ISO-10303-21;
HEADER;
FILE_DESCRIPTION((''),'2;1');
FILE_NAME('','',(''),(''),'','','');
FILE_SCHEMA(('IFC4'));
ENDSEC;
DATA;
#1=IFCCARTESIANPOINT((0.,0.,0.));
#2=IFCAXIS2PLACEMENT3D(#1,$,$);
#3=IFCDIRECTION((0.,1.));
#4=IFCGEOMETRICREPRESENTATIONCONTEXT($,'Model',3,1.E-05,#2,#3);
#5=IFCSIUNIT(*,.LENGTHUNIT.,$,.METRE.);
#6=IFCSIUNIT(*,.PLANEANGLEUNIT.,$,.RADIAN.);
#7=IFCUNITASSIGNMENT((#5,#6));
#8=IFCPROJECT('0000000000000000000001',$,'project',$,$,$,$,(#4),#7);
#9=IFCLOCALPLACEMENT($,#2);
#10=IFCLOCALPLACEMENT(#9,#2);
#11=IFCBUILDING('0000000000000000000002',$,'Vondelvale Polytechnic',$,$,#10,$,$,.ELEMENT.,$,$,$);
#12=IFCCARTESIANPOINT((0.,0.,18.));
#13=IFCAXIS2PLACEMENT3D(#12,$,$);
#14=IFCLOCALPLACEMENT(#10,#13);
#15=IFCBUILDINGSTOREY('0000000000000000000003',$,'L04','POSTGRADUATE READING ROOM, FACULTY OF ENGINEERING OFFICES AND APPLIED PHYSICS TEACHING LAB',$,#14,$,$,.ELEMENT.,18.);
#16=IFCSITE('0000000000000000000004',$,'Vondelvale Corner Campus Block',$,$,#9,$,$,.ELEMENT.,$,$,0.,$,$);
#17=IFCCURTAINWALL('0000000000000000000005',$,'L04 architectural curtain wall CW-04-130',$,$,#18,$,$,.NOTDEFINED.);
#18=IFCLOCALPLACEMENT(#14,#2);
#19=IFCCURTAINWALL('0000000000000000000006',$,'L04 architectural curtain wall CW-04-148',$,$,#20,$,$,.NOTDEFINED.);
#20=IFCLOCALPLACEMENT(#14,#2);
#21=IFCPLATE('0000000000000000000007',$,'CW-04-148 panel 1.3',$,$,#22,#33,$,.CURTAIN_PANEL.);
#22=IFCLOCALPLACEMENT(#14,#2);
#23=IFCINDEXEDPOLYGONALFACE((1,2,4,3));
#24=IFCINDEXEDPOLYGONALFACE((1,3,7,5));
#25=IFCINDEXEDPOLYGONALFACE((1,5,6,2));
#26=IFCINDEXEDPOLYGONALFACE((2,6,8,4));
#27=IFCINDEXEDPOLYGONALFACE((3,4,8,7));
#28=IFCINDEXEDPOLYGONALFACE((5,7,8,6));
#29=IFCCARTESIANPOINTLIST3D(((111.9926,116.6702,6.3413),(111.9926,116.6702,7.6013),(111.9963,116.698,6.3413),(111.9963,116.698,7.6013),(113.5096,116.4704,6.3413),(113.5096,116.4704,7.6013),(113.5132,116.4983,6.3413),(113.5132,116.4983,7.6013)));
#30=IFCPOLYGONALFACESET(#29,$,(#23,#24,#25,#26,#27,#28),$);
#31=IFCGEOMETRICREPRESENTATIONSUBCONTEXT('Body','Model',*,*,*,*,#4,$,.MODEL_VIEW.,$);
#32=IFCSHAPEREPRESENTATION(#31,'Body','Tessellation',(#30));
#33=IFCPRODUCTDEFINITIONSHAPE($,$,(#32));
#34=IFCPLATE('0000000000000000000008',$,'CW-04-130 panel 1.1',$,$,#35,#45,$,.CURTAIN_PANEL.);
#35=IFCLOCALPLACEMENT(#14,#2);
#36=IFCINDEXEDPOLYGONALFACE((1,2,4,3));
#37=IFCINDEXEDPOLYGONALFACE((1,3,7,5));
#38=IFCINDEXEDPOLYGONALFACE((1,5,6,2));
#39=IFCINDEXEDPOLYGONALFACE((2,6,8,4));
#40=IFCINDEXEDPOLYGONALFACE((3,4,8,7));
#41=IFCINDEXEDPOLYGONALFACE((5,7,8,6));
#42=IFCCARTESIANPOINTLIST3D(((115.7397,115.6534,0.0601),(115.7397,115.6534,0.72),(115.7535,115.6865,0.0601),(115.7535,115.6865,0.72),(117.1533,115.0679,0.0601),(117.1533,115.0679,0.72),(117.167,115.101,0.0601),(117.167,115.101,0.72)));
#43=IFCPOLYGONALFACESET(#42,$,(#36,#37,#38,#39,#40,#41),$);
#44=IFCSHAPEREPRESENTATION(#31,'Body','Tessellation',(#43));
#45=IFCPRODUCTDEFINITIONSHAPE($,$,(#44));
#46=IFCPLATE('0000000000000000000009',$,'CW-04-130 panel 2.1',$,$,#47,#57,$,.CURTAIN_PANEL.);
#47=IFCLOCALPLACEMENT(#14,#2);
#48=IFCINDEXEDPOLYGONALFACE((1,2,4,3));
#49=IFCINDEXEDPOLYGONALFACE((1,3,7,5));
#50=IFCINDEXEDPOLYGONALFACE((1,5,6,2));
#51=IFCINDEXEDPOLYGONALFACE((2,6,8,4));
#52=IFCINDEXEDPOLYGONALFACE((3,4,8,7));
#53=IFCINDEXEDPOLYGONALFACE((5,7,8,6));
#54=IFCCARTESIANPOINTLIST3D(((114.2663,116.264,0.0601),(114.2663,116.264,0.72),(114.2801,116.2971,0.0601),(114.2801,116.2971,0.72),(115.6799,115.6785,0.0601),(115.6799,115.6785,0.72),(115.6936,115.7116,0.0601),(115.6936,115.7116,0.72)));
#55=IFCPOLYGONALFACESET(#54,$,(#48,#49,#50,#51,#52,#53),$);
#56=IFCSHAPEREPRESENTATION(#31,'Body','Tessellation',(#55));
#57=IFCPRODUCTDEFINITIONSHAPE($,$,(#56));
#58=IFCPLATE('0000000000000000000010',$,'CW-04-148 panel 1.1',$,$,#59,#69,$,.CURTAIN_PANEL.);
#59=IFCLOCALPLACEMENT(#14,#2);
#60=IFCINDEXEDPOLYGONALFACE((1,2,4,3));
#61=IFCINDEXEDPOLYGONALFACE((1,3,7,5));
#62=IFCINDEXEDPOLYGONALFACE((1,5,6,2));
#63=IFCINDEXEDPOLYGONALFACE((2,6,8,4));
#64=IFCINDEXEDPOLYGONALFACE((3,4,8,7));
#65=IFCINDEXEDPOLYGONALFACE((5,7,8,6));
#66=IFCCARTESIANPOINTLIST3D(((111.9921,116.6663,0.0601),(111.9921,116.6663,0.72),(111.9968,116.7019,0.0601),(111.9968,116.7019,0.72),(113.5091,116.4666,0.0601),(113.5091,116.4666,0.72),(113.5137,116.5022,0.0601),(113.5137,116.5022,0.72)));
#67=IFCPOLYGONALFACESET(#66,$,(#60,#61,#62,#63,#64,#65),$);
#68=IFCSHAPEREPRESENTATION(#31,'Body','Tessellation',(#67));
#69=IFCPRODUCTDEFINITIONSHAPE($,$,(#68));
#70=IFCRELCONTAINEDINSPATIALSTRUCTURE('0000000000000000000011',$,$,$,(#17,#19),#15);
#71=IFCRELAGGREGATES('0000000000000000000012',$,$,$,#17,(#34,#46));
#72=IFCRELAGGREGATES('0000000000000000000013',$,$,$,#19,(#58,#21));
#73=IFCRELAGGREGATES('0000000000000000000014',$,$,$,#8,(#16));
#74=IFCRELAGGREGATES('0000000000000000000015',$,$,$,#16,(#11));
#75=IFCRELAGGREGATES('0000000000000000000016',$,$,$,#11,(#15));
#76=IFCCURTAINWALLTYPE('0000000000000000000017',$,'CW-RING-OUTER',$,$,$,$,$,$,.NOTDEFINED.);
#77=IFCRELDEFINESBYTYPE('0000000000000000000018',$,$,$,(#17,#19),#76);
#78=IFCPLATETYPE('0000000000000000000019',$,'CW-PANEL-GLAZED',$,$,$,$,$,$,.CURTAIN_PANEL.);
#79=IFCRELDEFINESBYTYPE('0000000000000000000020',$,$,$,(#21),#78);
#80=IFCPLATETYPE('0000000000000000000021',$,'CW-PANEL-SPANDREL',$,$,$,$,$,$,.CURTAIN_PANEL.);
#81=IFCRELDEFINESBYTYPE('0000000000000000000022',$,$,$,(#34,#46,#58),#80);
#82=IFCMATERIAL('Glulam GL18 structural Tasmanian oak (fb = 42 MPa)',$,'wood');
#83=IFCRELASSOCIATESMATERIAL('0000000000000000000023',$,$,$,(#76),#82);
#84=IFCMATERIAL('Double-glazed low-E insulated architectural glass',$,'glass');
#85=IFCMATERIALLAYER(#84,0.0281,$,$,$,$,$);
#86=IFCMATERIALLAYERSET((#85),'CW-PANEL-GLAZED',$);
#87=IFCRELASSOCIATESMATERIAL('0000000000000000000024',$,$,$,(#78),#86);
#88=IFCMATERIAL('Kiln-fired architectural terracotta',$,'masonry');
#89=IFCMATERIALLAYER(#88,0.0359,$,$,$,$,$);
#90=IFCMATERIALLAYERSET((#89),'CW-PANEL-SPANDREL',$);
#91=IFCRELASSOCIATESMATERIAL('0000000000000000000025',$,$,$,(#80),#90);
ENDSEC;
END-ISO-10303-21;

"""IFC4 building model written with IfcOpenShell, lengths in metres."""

from ifc_helpers import new_model, si_unit, direction, frame, origin, origin_2d, place, context, subcontext, project, spatial, rectangle, extrude, material, layer, layer_set, type_object, element, aggregate, save


model = new_model("IFC4")

# Units and contexts
model_context = context("Model", 3, precision=1e-05, world=origin(), true_north=direction((0.0, 1.0)))
body_context = subcontext(model_context, "Body", "Model", "MODEL_VIEW")
ifc_project = project(units=[si_unit("LENGTHUNIT", "METRE"), si_unit("PLANEANGLEUNIT", "RADIAN")], contexts=[model_context])

# Site, building, storey
site_placement = place(None, origin())
site = spatial("IfcSite", under=ifc_project, at=site_placement, Name="Vondelvale Corner Campus Block", CompositionType="ELEMENT", RefElevation=0.0)
building_placement = place(site_placement, origin())
building = spatial("IfcBuilding", under=site, at=building_placement, Name="Vondelvale Polytechnic", CompositionType="ELEMENT")
storey_placement = place(building_placement, frame((0.0, 0.0, 18.0)))
storey = spatial("IfcBuildingStorey", under=building, at=storey_placement, Name="L04", Description="POSTGRADUATE READING ROOM, FACULTY OF ENGINEERING OFFICES AND APPLIED PHYSICS TEACHING LAB", CompositionType="ELEMENT", Elevation=18.0)

# Curtain wall
ifc_material_1 = material(Name="Glulam GL18 structural Tasmanian oak (fb = 42 MPa)", Category="wood")
curtain_wall_type = type_object("IfcCurtainWallType", Name="CW-RING-OUTER", PredefinedType="NOTDEFINED", material=ifc_material_1)
curtain_wall_1_placement = place(storey_placement, origin())
curtain_wall_1 = element("IfcCurtainWall", 1, at=curtain_wall_1_placement, inside=storey, type_object=curtain_wall_type, Name="L04 architectural curtain wall CW-04-130", PredefinedType="NOTDEFINED")

# Curtain wall
curtain_wall_2_placement = place(storey_placement, origin())
curtain_wall_2 = element("IfcCurtainWall", 2, at=curtain_wall_2_placement, inside=storey, type_object=curtain_wall_type, Name="L04 architectural curtain wall CW-04-148", PredefinedType="NOTDEFINED")

# Plates
ifc_material_2 = material(Name="Double-glazed low-E insulated architectural glass", Category="glass")
ifc_layer_1 = layer(ifc_material_2, 0.0281)
ifc_layer_set_1 = layer_set([ifc_layer_1], Name="CW-PANEL-GLAZED")
plate_type_1 = type_object("IfcPlateType", Name="CW-PANEL-GLAZED", PredefinedType="CURTAIN_PANEL", material=ifc_layer_set_1)
plate_1_placement = place(storey_placement, frame((112.7529, 116.5842, 6.3413), z_axis=(0.0, 0.0, 1.0), x_axis=(-0.991443, 0.13054, 0.0)))
plate_1 = element("IfcPlate", 3, at=plate_1_placement, type_object=plate_type_1, Name="CW-04-148 panel 1.3", PredefinedType="CURTAIN_PANEL", context=body_context, shape_type="SweptSolid", body=[
    extrude(rectangle(XDim=1.53, YDim=0.0281, at=origin_2d()), origin(), (0.0, 0.0, 1.0), 1.26),
])
ifc_material_3 = material(Name="Kiln-fired architectural terracotta", Category="masonry")
ifc_layer_2 = layer(ifc_material_3, 0.0359)
ifc_layer_set_2 = layer_set([ifc_layer_2], Name="CW-PANEL-SPANDREL")
plate_type_2 = type_object("IfcPlateType", Name="CW-PANEL-SPANDREL", PredefinedType="CURTAIN_PANEL", material=ifc_layer_set_2)
plate_2_placement = place(storey_placement, frame((116.4534, 115.3772, 0.0601), z_axis=(0.0, 0.0, 1.0), x_axis=(-0.923882, 0.382677, 0.0)))
plate_2 = element("IfcPlate", 4, at=plate_2_placement, type_object=plate_type_2, Name="CW-04-130 panel 1.1", PredefinedType="CURTAIN_PANEL", context=body_context, shape_type="SweptSolid", body=[
    extrude(rectangle(XDim=1.53, YDim=0.0359, at=origin_2d()), origin(), (0.0, 0.0, 1.0), 0.6599),
])
plate_3_placement = place(storey_placement, frame((114.98, 115.9878, 0.0601), z_axis=(0.0, 0.0, 1.0), x_axis=(-0.923882, 0.382677, 0.0)))
plate_3 = element("IfcPlate", 5, at=plate_3_placement, type_object=plate_type_2, Name="CW-04-130 panel 2.1", PredefinedType="CURTAIN_PANEL", context=body_context, shape_type="SweptSolid", body=[
    extrude(rectangle(XDim=1.53, YDim=0.0359, at=origin_2d()), origin(), (0.0, 0.0, 1.0), 0.6599),
])
aggregate(curtain_wall_1, [plate_2, plate_3])
plate_4_placement = place(storey_placement, frame((112.7529, 116.5842, 0.0601), z_axis=(0.0, 0.0, 1.0), x_axis=(-0.991443, 0.13054, 0.0)))
plate_4 = element("IfcPlate", 6, at=plate_4_placement, type_object=plate_type_2, Name="CW-04-148 panel 1.1", PredefinedType="CURTAIN_PANEL", context=body_context, shape_type="SweptSolid", body=[
    extrude(rectangle(XDim=1.53, YDim=0.0359, at=origin_2d()), origin(), (0.0, 0.0, 1.0), 0.6599),
])
aggregate(curtain_wall_2, [plate_4, plate_1])

save(model, "model.ifc")
